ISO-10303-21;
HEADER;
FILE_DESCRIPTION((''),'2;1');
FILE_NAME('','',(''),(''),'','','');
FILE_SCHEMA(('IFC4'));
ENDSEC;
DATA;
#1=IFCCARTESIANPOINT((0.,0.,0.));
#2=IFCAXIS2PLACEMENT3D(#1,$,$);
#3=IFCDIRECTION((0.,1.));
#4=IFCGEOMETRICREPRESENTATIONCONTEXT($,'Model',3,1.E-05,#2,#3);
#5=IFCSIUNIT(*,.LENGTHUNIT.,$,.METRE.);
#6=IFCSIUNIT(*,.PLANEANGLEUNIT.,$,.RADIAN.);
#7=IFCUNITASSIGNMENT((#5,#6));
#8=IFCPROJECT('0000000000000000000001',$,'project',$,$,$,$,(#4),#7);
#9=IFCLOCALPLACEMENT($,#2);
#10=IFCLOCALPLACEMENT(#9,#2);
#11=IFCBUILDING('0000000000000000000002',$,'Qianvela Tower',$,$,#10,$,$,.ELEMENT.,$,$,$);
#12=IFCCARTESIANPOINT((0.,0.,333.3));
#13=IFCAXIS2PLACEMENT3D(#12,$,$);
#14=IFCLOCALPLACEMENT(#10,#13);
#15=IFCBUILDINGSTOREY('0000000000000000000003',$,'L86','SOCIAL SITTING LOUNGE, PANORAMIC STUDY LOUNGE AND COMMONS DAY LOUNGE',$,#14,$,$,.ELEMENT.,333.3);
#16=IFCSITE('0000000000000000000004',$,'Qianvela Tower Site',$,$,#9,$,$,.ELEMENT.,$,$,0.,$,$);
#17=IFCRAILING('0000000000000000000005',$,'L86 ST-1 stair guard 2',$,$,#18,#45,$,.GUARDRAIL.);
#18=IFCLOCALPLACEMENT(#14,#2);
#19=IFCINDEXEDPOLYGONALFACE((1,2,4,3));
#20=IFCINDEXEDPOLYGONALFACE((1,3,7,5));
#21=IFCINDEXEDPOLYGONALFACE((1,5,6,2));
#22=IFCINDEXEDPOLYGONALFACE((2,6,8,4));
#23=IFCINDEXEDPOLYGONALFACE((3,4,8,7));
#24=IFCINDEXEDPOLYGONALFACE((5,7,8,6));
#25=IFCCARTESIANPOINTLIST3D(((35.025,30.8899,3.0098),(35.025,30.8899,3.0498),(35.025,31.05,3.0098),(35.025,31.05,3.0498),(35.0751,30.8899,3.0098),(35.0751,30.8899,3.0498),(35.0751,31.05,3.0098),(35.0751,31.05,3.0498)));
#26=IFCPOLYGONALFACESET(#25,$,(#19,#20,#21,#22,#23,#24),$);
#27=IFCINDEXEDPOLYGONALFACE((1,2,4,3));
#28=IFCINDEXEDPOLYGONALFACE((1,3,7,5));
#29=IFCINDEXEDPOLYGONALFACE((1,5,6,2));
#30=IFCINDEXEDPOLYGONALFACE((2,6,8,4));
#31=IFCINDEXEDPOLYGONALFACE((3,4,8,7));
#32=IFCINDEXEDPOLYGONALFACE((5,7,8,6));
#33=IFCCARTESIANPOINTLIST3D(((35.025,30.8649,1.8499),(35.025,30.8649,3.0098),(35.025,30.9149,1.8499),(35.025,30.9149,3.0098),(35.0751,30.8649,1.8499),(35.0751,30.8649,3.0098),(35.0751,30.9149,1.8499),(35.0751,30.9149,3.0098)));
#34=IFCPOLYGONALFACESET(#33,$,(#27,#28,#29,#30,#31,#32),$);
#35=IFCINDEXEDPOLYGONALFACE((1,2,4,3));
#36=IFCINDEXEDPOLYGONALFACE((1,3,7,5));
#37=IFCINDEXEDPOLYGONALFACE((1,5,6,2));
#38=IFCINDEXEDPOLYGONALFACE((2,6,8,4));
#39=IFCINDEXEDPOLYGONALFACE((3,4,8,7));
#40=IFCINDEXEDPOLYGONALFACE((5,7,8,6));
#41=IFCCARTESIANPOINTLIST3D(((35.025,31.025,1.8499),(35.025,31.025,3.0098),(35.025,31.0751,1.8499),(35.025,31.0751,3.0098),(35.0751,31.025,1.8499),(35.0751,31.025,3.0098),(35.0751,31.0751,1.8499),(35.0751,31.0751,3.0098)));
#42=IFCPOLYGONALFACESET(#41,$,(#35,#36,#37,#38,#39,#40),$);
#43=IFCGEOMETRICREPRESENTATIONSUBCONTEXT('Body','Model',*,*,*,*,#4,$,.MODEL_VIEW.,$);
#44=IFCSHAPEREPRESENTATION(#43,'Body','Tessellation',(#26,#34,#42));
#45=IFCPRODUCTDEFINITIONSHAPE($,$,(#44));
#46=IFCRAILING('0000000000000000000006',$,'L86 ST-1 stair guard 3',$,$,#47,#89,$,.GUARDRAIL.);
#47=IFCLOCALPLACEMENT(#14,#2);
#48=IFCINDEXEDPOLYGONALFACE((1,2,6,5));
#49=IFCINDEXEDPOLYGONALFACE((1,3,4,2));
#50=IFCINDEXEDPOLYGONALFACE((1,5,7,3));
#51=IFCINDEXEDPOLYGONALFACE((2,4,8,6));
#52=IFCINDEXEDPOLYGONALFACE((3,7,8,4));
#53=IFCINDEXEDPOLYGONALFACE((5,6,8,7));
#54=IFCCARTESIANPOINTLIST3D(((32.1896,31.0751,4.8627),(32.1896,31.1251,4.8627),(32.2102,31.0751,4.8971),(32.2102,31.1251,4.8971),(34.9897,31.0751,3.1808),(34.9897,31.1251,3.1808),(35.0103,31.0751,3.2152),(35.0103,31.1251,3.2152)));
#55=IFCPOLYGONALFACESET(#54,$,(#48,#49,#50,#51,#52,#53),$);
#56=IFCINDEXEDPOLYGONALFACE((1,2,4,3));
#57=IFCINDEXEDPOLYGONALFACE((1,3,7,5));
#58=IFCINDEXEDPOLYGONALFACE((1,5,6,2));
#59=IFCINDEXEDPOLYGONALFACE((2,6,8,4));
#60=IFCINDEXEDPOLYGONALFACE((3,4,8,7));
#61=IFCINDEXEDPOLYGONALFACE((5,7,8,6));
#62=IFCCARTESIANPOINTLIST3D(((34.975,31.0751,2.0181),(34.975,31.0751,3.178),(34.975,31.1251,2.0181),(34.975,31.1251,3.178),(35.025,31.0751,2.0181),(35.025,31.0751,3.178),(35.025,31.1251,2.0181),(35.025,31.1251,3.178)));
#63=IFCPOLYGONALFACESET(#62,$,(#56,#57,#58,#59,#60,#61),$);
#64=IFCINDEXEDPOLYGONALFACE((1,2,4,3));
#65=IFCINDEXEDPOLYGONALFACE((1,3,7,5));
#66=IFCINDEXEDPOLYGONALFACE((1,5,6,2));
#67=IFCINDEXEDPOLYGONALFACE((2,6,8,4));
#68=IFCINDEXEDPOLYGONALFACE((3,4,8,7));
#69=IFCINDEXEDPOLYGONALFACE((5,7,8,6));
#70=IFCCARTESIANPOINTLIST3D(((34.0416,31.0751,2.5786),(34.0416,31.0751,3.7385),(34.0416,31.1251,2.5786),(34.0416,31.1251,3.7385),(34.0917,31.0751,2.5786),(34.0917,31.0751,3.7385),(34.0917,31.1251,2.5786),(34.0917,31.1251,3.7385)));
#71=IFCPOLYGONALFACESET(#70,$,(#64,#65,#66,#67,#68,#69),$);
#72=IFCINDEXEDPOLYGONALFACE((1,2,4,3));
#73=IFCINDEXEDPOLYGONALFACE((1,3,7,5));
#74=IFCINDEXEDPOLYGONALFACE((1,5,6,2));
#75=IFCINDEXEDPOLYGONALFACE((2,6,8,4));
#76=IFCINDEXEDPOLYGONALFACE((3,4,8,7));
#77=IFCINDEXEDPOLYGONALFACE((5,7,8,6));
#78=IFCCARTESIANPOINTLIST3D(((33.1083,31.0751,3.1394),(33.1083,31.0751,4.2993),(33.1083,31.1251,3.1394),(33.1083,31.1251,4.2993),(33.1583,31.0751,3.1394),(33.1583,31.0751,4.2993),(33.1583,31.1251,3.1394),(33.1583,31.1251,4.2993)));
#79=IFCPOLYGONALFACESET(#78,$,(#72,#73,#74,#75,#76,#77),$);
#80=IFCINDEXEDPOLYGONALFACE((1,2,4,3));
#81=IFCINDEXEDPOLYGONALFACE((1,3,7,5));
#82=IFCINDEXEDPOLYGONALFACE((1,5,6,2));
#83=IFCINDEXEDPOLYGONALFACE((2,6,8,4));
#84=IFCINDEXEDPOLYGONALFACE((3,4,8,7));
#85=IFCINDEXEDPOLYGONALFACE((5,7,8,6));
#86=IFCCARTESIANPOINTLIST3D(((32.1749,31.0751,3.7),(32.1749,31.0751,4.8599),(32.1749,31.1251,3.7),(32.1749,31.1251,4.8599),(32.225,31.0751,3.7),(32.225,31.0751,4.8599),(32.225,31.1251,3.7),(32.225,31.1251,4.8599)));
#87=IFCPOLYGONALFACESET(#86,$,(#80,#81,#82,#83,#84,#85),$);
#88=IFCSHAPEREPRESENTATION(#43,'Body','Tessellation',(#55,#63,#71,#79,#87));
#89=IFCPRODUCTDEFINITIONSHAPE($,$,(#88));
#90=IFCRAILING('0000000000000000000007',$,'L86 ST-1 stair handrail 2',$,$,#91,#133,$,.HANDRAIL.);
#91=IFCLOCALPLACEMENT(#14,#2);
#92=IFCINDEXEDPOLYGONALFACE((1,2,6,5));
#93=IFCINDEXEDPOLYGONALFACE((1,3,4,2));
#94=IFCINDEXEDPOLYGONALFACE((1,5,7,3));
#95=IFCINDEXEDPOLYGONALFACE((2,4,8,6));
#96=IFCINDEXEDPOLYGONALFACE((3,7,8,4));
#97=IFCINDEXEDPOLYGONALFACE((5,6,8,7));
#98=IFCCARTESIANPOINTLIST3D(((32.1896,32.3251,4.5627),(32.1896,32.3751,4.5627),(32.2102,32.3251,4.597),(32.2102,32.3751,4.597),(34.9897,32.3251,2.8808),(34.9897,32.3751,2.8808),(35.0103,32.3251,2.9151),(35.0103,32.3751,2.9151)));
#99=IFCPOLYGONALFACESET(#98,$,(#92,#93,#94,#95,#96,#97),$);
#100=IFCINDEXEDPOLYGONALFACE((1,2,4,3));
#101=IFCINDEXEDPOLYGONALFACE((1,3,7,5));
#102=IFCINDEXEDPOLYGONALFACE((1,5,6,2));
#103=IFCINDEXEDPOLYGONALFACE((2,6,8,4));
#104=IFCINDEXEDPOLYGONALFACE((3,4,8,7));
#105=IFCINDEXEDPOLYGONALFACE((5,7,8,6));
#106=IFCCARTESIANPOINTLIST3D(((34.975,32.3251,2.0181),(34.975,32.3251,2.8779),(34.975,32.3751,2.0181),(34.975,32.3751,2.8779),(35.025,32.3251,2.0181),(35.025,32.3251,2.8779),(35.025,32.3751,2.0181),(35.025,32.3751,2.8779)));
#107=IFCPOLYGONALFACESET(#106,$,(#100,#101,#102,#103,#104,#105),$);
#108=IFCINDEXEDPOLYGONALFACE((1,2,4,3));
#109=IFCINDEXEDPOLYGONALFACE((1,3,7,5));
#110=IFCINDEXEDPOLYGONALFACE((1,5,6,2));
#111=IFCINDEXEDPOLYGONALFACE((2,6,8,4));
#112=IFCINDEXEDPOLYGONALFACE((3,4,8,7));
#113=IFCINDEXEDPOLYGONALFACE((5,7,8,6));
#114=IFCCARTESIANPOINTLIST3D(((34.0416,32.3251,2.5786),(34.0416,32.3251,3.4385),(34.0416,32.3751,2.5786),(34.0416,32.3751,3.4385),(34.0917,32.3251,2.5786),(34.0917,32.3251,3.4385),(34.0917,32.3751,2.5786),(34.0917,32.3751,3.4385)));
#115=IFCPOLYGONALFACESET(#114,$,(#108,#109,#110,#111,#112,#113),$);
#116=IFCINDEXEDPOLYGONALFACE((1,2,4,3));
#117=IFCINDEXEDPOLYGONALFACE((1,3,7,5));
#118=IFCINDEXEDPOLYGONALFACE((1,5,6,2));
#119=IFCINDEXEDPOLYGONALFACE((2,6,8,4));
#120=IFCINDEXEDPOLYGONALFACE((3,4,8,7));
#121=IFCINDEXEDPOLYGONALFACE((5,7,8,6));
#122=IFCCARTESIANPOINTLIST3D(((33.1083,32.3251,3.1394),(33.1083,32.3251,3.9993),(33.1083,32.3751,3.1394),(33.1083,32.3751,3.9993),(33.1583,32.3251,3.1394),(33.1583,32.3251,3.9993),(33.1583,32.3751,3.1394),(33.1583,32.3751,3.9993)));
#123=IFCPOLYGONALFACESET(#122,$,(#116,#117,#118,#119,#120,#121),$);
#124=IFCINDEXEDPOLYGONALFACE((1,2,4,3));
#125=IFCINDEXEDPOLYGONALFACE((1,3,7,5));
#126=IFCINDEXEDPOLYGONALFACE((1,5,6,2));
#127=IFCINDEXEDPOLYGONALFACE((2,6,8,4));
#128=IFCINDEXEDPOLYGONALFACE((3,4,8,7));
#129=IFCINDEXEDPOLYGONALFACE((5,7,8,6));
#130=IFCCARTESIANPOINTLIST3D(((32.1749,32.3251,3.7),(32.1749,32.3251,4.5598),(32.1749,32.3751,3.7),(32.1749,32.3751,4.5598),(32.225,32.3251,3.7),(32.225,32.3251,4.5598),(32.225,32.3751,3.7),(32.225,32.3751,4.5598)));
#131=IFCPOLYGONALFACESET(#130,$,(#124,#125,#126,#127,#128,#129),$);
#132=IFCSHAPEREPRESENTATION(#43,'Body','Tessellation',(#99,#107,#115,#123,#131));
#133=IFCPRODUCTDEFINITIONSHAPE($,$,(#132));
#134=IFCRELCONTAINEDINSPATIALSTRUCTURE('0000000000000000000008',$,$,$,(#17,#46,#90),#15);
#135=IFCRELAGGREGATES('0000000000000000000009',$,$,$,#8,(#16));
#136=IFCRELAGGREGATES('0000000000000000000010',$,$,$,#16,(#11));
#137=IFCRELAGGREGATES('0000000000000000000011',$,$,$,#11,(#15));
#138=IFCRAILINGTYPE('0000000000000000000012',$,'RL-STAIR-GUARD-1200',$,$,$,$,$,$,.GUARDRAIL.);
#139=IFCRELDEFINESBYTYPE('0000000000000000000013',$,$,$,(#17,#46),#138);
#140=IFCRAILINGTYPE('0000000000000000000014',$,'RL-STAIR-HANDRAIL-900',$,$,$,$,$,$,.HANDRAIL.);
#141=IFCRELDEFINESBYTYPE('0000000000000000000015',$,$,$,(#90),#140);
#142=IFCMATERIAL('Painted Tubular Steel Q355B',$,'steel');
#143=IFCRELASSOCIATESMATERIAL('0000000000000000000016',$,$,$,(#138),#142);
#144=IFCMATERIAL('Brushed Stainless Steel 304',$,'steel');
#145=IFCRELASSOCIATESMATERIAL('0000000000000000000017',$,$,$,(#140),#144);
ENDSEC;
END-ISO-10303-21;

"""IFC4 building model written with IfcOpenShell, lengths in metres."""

from ifc_helpers import new_model, si_unit, direction, frame, origin, origin_2d, place, context, subcontext, project, spatial, rectangle, extrude, material, type_object, element, save


model = new_model("IFC4")

# Units and contexts
model_context = context("Model", 3, precision=1e-05, world=origin(), true_north=direction((0.0, 1.0)))
body_context = subcontext(model_context, "Body", "Model", "MODEL_VIEW")
ifc_project = project(units=[si_unit("LENGTHUNIT", "METRE"), si_unit("PLANEANGLEUNIT", "RADIAN")], contexts=[model_context])

# Site, building, storey
site_placement = place(None, origin())
site = spatial("IfcSite", under=ifc_project, at=site_placement, Name="Qianvela Tower Site", CompositionType="ELEMENT", RefElevation=0.0)
building_placement = place(site_placement, origin())
building = spatial("IfcBuilding", under=site, at=building_placement, Name="Qianvela Tower", CompositionType="ELEMENT")
storey_placement = place(building_placement, frame((0.0, 0.0, 333.3)))
storey = spatial("IfcBuildingStorey", under=building, at=storey_placement, Name="L86", Description="SOCIAL SITTING LOUNGE, PANORAMIC STUDY LOUNGE AND COMMONS DAY LOUNGE", CompositionType="ELEMENT", Elevation=333.3)

# Railings
ifc_material_1 = material(Name="Painted Tubular Steel Q355B", Category="steel")
railing_type_1 = type_object("IfcRailingType", Name="RL-STAIR-GUARD-1200", PredefinedType="GUARDRAIL", material=ifc_material_1)
railing_1_placement = place(storey_placement, frame((35.05, 30.8899, 1.8499)))
element("IfcRailing", 1, at=railing_1_placement, inside=storey, type_object=railing_type_1, Name="L86 ST-1 stair guard 2", PredefinedType="GUARDRAIL", context=body_context, shape_type="SweptSolid", body=[
    extrude(rectangle(XDim=0.05, YDim=0.04, at=origin_2d()), frame((0.0, 0.0, 1.1799), z_axis=(0.0, 1.0, 0.0), x_axis=(-1.0, 0.0, 0.0)), (0.0, 0.0, 1.0), 0.1602),
    extrude(rectangle(XDim=0.05, YDim=0.05, at=origin_2d()), origin(), (0.0, 0.0, 1.0), 1.1599),
    extrude(rectangle(XDim=0.05, YDim=0.05, at=origin_2d()), frame((0.0, 0.1602, 0.0)), (0.0, 0.0, 1.0), 1.1599),
])
railing_2_placement = place(storey_placement, frame((35.0, 31.1001, 2.0181)))
element("IfcRailing", 2, at=railing_2_placement, inside=storey, type_object=railing_type_1, Name="L86 ST-1 stair guard 3", PredefinedType="GUARDRAIL", context=body_context, shape_type="SweptSolid", body=[
    extrude(rectangle(XDim=0.05, YDim=0.04, at=origin_2d()), frame((0.0, 0.0, 1.1799), z_axis=(-0.857242, 0.0, 0.514913), x_axis=(0.0, -1.0, 0.0)), (0.0, 0.0, 1.0), 3.2664),
    extrude(rectangle(XDim=0.05, YDim=0.05, at=origin_2d()), origin(), (0.0, 0.0, 1.0), 1.1599),
    extrude(rectangle(XDim=0.05, YDim=0.05, at=origin_2d()), frame((-0.9333, 0.0, 0.5605)), (0.0, 0.0, 1.0), 1.1599),
    extrude(rectangle(XDim=0.05, YDim=0.05, at=origin_2d()), frame((-1.8667, 0.0, 1.1213)), (0.0, 0.0, 1.0), 1.1599),
    extrude(rectangle(XDim=0.05, YDim=0.05, at=origin_2d()), frame((-2.8, 0.0, 1.6819)), (0.0, 0.0, 1.0), 1.1599),
])
ifc_material_2 = material(Name="Brushed Stainless Steel 304", Category="steel")
railing_type_2 = type_object("IfcRailingType", Name="RL-STAIR-HANDRAIL-900", PredefinedType="HANDRAIL", material=ifc_material_2)
railing_3_placement = place(storey_placement, frame((35.0, 32.3501, 2.0181)))
element("IfcRailing", 3, at=railing_3_placement, inside=storey, type_object=railing_type_2, Name="L86 ST-1 stair handrail 2", PredefinedType="HANDRAIL", context=body_context, shape_type="SweptSolid", body=[
    extrude(rectangle(XDim=0.05, YDim=0.04, at=origin_2d()), frame((0.0, 0.0, 0.8799), z_axis=(-0.857242, 0.0, 0.514913), x_axis=(0.0, -1.0, 0.0)), (0.0, 0.0, 1.0), 3.2664),
    extrude(rectangle(XDim=0.05, YDim=0.05, at=origin_2d()), origin(), (0.0, 0.0, 1.0), 0.8599),
    extrude(rectangle(XDim=0.05, YDim=0.05, at=origin_2d()), frame((-0.9333, 0.0, 0.5605)), (0.0, 0.0, 1.0), 0.8599),
    extrude(rectangle(XDim=0.05, YDim=0.05, at=origin_2d()), frame((-1.8667, 0.0, 1.1213)), (0.0, 0.0, 1.0), 0.8599),
    extrude(rectangle(XDim=0.05, YDim=0.05, at=origin_2d()), frame((-2.8, 0.0, 1.6819)), (0.0, 0.0, 1.0), 0.8599),
])

save(model, "model.ifc")
